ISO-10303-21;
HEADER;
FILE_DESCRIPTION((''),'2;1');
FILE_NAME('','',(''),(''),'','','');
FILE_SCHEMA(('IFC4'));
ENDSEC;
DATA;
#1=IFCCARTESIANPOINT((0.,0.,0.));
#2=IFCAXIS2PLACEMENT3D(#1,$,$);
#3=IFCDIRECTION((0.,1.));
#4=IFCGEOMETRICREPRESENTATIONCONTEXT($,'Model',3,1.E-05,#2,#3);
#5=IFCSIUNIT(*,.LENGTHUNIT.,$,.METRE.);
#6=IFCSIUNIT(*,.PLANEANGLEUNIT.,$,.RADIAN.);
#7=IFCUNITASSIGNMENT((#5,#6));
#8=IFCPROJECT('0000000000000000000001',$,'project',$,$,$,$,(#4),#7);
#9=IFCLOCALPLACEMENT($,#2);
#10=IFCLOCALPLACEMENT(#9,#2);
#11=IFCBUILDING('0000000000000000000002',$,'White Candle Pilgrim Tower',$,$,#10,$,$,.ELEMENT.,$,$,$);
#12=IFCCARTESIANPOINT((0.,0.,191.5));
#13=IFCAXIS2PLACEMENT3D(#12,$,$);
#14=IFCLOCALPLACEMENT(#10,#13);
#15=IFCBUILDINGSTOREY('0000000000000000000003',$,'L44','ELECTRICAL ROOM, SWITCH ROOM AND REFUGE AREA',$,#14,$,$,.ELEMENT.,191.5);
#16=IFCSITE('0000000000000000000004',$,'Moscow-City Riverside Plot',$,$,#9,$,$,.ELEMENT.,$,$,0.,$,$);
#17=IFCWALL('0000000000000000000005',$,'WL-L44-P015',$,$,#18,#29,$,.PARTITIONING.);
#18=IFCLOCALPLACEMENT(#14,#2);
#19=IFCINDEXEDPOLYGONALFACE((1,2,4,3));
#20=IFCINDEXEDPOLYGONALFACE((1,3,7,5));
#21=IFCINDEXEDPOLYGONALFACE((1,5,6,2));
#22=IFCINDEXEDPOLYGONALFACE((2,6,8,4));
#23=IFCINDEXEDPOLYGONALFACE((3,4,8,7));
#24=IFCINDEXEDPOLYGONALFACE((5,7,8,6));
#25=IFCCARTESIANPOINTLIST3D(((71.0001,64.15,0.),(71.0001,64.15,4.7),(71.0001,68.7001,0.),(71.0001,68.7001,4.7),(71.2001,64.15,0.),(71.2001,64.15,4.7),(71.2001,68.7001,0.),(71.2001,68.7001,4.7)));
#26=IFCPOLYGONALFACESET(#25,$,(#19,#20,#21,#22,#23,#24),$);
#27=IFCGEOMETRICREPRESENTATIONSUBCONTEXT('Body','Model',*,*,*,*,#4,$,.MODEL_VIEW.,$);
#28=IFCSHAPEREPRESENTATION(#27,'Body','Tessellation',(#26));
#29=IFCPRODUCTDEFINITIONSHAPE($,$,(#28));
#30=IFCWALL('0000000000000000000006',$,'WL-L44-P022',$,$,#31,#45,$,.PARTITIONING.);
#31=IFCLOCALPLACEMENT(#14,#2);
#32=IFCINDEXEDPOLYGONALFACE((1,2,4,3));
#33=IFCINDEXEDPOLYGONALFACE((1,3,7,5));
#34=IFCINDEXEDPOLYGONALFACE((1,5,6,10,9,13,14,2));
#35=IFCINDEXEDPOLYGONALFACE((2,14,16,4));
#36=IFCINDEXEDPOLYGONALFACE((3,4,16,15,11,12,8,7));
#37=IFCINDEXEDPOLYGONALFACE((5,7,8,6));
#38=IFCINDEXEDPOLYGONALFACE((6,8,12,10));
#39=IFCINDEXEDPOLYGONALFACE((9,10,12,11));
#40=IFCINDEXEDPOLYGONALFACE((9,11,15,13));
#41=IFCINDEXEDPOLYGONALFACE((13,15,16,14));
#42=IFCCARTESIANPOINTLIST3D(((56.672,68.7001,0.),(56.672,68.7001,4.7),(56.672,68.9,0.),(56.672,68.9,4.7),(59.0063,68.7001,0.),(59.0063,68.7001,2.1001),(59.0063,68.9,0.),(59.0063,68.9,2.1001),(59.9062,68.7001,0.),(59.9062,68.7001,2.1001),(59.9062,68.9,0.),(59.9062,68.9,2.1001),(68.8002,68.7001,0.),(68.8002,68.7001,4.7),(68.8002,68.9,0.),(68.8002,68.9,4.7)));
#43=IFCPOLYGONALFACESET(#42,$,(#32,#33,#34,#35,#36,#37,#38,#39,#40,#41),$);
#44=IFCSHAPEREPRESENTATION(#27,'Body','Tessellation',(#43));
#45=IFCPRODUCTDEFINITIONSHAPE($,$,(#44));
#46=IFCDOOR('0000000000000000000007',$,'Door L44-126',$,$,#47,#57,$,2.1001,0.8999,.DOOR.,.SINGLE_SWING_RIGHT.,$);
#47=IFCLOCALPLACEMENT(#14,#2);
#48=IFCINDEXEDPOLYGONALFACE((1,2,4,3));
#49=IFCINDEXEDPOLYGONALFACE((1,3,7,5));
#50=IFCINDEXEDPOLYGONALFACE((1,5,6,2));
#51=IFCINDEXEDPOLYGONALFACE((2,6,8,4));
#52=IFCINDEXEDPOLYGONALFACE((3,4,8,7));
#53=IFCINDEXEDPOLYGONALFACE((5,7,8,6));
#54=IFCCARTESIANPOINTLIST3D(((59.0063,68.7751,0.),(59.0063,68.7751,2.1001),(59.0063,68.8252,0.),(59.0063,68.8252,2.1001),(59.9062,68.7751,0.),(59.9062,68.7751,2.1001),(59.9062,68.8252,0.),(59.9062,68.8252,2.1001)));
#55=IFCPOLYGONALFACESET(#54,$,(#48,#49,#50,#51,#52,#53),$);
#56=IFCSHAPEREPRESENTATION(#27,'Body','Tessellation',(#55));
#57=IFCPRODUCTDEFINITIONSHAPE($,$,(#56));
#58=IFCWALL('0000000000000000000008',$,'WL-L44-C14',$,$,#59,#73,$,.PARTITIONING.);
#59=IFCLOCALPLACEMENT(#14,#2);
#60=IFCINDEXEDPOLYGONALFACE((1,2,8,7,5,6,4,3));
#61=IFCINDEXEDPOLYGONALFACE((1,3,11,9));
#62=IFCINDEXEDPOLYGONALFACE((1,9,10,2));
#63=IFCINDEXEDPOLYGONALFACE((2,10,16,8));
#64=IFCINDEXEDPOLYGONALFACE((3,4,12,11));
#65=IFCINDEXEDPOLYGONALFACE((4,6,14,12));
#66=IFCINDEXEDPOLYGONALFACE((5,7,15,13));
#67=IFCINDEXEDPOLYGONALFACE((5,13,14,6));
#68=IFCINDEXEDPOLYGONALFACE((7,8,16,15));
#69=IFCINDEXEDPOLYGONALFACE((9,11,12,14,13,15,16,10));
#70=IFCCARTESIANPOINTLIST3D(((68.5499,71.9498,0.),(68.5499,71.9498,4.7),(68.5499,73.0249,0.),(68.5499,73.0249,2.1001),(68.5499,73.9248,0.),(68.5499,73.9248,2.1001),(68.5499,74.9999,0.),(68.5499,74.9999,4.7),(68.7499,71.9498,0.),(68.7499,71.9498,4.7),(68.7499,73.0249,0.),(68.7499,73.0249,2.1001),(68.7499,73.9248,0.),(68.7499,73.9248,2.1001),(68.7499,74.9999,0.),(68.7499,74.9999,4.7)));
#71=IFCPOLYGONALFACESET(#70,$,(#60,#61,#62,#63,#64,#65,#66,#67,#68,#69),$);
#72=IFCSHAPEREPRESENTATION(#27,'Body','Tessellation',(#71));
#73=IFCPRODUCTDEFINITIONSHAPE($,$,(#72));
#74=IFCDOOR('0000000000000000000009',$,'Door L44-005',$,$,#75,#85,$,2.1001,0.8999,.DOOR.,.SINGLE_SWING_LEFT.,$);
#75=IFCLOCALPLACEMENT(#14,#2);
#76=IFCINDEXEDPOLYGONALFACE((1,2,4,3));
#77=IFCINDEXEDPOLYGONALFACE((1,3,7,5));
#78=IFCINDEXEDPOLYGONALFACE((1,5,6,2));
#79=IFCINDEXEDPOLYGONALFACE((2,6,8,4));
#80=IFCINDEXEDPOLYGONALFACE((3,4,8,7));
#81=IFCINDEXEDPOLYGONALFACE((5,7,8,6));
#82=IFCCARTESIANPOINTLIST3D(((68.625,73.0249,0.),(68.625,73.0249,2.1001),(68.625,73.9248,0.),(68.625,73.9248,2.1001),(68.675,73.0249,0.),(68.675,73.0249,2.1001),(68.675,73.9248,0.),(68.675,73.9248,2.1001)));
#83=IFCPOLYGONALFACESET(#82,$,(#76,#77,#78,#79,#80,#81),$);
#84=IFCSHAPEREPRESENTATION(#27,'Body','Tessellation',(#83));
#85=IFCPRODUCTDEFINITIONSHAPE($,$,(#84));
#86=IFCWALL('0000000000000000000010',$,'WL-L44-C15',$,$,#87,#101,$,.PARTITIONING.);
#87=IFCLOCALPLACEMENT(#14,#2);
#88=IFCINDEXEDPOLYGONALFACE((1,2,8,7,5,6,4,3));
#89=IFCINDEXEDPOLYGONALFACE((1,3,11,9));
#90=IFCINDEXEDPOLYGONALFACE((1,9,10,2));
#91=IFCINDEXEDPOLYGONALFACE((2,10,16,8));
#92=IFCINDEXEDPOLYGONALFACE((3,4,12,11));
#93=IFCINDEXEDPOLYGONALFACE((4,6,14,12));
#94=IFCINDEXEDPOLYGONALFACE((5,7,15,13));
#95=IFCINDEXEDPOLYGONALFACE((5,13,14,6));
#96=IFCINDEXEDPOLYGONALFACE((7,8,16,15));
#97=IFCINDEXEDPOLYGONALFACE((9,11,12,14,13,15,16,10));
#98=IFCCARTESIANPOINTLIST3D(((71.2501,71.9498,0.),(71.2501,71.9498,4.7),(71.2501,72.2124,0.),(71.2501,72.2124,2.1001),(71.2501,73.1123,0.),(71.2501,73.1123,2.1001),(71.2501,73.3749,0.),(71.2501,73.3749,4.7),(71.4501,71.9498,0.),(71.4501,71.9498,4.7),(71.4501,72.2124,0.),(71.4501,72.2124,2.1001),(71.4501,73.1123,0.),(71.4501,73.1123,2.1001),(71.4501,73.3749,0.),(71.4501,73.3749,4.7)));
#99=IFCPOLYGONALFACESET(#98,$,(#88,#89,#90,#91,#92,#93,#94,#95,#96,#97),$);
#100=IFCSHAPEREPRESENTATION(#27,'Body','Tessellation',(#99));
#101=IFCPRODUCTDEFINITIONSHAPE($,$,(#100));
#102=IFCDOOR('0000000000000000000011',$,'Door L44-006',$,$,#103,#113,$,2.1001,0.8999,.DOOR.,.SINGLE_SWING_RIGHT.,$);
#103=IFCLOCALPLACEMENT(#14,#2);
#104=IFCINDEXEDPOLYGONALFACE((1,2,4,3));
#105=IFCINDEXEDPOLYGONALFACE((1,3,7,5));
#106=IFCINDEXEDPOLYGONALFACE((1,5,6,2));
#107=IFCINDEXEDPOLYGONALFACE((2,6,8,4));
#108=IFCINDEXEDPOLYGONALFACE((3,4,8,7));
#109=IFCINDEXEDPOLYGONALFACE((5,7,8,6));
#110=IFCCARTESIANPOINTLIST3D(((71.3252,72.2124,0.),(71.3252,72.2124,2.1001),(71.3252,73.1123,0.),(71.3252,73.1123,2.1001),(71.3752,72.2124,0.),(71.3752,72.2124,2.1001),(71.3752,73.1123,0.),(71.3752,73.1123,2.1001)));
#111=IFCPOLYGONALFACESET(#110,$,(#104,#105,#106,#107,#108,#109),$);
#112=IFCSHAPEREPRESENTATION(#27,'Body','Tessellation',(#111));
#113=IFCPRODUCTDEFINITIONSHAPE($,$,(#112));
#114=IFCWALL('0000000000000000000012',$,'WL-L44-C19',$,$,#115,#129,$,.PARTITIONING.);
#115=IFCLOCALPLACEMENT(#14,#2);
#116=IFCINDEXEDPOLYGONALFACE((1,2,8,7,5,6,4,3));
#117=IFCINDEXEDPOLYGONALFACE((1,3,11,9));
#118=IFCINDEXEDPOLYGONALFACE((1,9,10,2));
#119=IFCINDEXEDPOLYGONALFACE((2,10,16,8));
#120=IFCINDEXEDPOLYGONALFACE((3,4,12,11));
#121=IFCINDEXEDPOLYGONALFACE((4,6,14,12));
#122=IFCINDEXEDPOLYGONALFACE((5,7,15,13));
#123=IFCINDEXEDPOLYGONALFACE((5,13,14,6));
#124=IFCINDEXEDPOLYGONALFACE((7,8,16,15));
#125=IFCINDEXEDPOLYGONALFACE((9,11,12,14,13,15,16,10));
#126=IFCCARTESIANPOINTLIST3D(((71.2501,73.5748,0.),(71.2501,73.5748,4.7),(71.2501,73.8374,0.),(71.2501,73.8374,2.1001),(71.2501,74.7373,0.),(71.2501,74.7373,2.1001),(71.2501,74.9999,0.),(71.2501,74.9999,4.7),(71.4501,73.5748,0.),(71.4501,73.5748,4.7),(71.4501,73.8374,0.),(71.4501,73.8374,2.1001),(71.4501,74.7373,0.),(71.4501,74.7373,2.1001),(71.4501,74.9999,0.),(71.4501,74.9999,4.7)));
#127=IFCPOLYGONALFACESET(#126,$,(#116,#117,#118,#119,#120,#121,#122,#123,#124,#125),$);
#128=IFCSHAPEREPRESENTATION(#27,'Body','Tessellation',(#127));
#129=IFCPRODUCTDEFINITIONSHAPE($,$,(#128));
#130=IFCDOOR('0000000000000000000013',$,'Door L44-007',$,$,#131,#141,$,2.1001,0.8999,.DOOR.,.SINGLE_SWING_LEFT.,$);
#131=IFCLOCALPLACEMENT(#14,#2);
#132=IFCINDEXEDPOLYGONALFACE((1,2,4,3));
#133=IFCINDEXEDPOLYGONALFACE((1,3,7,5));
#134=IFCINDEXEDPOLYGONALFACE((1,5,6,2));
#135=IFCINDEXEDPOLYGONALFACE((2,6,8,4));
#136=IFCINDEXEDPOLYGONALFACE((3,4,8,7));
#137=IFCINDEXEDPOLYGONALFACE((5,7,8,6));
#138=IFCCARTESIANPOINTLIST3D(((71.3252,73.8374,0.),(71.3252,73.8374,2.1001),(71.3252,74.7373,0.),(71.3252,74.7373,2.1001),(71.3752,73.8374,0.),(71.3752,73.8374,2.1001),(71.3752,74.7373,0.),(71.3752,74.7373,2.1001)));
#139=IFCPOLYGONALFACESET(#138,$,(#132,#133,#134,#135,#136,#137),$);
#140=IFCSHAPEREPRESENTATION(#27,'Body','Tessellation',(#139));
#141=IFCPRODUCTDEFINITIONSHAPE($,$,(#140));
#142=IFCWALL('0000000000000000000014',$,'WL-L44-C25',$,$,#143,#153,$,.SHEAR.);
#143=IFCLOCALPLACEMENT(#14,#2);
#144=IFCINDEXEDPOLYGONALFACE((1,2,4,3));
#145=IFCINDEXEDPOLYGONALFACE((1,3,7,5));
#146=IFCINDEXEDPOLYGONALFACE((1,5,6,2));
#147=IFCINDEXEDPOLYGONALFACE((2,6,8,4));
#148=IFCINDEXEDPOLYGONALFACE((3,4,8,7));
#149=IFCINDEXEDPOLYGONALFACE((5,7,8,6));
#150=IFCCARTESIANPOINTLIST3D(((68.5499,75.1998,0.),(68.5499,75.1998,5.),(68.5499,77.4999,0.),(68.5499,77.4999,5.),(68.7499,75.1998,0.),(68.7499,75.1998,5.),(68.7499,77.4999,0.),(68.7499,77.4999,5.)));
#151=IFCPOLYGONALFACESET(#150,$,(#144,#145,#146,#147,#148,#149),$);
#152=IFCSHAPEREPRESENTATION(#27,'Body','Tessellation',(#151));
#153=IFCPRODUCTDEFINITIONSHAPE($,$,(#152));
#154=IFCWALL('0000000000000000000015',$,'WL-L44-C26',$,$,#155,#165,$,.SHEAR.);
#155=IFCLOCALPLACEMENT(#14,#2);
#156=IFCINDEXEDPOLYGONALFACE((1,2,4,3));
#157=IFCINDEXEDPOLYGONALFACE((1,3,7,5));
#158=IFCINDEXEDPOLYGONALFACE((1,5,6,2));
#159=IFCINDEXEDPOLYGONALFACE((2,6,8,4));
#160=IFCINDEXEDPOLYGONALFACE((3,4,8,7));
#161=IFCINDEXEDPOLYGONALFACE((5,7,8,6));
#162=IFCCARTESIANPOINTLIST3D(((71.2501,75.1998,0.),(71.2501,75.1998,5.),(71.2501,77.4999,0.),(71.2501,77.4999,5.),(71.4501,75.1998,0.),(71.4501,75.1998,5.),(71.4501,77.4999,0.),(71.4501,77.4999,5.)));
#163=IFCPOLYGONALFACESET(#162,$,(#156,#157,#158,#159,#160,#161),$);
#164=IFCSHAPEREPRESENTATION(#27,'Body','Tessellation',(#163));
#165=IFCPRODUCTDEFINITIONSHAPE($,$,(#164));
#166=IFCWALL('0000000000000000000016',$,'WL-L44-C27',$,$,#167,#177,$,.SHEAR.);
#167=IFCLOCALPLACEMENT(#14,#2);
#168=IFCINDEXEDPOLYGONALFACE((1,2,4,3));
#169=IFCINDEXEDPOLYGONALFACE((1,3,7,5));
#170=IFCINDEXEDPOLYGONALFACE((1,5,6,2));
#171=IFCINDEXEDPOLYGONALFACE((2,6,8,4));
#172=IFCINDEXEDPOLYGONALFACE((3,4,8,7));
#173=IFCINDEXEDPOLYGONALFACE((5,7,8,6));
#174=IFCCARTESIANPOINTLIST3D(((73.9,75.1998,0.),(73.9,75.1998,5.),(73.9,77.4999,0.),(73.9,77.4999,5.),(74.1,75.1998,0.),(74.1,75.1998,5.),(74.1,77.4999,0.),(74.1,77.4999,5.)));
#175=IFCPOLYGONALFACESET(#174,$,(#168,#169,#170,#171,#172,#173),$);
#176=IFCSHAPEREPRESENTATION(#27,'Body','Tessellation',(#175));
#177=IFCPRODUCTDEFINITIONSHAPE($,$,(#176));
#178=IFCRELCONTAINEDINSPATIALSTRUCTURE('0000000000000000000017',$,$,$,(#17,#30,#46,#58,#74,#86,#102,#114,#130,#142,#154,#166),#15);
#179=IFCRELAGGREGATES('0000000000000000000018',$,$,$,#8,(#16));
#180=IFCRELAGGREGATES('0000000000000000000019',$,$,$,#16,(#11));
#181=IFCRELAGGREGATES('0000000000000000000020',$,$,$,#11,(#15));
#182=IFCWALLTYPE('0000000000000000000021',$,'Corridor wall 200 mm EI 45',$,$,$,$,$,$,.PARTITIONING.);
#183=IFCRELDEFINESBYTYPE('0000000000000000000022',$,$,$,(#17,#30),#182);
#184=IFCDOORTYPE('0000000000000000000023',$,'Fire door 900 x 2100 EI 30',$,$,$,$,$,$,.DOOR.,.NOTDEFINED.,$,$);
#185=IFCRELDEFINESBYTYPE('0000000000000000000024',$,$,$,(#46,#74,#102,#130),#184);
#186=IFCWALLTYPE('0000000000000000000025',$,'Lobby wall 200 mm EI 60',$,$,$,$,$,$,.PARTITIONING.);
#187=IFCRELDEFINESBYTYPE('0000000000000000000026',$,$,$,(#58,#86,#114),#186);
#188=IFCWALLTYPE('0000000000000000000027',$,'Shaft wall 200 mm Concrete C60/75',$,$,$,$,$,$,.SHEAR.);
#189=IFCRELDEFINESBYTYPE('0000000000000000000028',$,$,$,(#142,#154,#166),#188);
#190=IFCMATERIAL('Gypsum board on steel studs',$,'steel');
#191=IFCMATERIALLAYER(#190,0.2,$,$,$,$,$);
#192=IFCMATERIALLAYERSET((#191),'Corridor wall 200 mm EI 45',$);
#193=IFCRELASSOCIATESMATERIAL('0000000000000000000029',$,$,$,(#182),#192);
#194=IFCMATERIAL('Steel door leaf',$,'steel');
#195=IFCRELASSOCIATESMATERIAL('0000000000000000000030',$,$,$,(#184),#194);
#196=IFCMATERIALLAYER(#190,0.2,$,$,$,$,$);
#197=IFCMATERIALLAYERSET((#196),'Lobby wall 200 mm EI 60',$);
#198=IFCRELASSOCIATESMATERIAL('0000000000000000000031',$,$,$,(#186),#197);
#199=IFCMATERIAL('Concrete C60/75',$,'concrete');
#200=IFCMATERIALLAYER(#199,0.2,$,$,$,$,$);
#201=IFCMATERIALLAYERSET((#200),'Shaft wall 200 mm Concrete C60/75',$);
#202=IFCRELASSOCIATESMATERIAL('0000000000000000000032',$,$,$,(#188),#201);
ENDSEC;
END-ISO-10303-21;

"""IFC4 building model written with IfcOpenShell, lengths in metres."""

from ifc_helpers import new_model, si_unit, direction, frame, frame_2d, origin, place, context, subcontext, project, spatial, rectangle, extrude, material, layer, layer_set, type_object, element, fill, save


model = new_model("IFC4")

# Units and contexts
model_context = context("Model", 3, precision=1e-05, world=origin(), true_north=direction((0.0, 1.0)))
body_context = subcontext(model_context, "Body", "Model", "MODEL_VIEW")
ifc_project = project(units=[si_unit("LENGTHUNIT", "METRE"), si_unit("PLANEANGLEUNIT", "RADIAN")], contexts=[model_context])

# Site, building, storey
site_placement = place(None, origin())
site = spatial("IfcSite", under=ifc_project, at=site_placement, Name="Moscow-City Riverside Plot", CompositionType="ELEMENT", RefElevation=0.0)
building_placement = place(site_placement, origin())
building = spatial("IfcBuilding", under=site, at=building_placement, Name="White Candle Pilgrim Tower", CompositionType="ELEMENT")
storey_placement = place(building_placement, frame((0.0, 0.0, 191.5)))
storey = spatial("IfcBuildingStorey", under=building, at=storey_placement, Name="L44", Description="ELECTRICAL ROOM, SWITCH ROOM AND REFUGE AREA", CompositionType="ELEMENT", Elevation=191.5)

# Wall
ifc_material_1 = material(Name="Gypsum board on steel studs", Category="steel")
ifc_layer_1 = layer(ifc_material_1, 0.2)
ifc_layer_set_1 = layer_set([ifc_layer_1], Name="Corridor wall 200 mm EI 45")
wall_type_1 = type_object("IfcWallType", Name="Corridor wall 200 mm EI 45", PredefinedType="PARTITIONING", material=ifc_layer_set_1)
wall_1_placement = place(storey_placement, frame((71.1001, 68.7, 0.0), z_axis=(0.0, 0.0, 1.0), x_axis=(0.0, -1.0, 0.0)))
element("IfcWall", 1, at=wall_1_placement, inside=storey, type_object=wall_type_1, Name="WL-L44-P015", PredefinedType="PARTITIONING", context=body_context, shape_type="SweptSolid", body=[
    extrude(rectangle(XDim=4.55, YDim=0.2, at=frame_2d((2.2749, 0.0))), origin(), (0.0, 0.0, 1.0), 4.7),
])

# Walls, openings, doors
wall_2_placement = place(storey_placement, frame((68.8, 68.8, 0.0), z_axis=(0.0, 0.0, 1.0), x_axis=(-1.0, 0.0, 0.0)))
wall_2 = element("IfcWall", 2, at=wall_2_placement, inside=storey, type_object=wall_type_1, Name="WL-L44-P022", PredefinedType="PARTITIONING", context=body_context, shape_type="SweptSolid", body=[
    extrude(rectangle(XDim=12.1282, YDim=0.2, at=frame_2d((6.064, 0.0))), origin(), (0.0, 0.0, 1.0), 4.7),
])
opening_1_placement = place(wall_2_placement, frame((8.8938, 0.0, 0.0)))
opening_1 = element("IfcOpeningElement", 3, at=opening_1_placement, cuts=wall_2, PredefinedType="OPENING", context=body_context, shape_type="SweptSolid", body=[
    extrude(rectangle(XDim=0.8999, YDim=2.1001, at=frame_2d((0.45, 1.05))), frame((0.0, 0.1099, 0.0), z_axis=(0.0, -1.0, 0.0), x_axis=(1.0, 0.0, 0.0)), (0.0, 0.0, 1.0), 0.22),
])
ifc_material_2 = material(Name="Steel door leaf", Category="steel")
door_type = type_object("IfcDoorType", Name="Fire door 900 x 2100 EI 30", OperationType="NOTDEFINED", PredefinedType="DOOR", material=ifc_material_2)
door_1_placement = place(opening_1_placement, origin())
door_1 = element("IfcDoor", 4, at=door_1_placement, inside=storey, type_object=door_type, Name="Door L44-126", OperationType="SINGLE_SWING_RIGHT", OverallHeight=2.1001, OverallWidth=0.8999, PredefinedType="DOOR", context=body_context, shape_type="SweptSolid", body=[
    extrude(rectangle(XDim=0.8999, YDim=2.1001, at=frame_2d((0.45, 1.05))), frame((0.0, 0.0249, 0.0), z_axis=(0.0, -1.0, 0.0), x_axis=(1.0, 0.0, 0.0)), (0.0, 0.0, 1.0), 0.05),
])
fill(opening_1, door_1)
ifc_layer_2 = layer(ifc_material_1, 0.2)
ifc_layer_set_2 = layer_set([ifc_layer_2], Name="Lobby wall 200 mm EI 60")
wall_type_2 = type_object("IfcWallType", Name="Lobby wall 200 mm EI 60", PredefinedType="PARTITIONING", material=ifc_layer_set_2)
wall_3_placement = place(storey_placement, frame((68.6499, 71.95, 0.0), z_axis=(0.0, 0.0, 1.0), x_axis=(0.0, 1.0, 0.0)))
wall_3 = element("IfcWall", 5, at=wall_3_placement, inside=storey, type_object=wall_type_2, Name="WL-L44-C14", PredefinedType="PARTITIONING", context=body_context, shape_type="SweptSolid", body=[
    extrude(rectangle(XDim=3.05, YDim=0.2, at=frame_2d((1.5249, 0.0))), origin(), (0.0, 0.0, 1.0), 4.7),
])
opening_2_placement = place(wall_3_placement, frame((1.075, 0.0, 0.0)))
opening_2 = element("IfcOpeningElement", 6, at=opening_2_placement, cuts=wall_3, PredefinedType="OPENING", context=body_context, shape_type="SweptSolid", body=[
    extrude(rectangle(XDim=0.8999, YDim=2.1001, at=frame_2d((0.45, 1.05))), frame((0.0, 0.1099, 0.0), z_axis=(0.0, -1.0, 0.0), x_axis=(1.0, 0.0, 0.0)), (0.0, 0.0, 1.0), 0.22),
])
door_2_placement = place(opening_2_placement, origin())
door_2 = element("IfcDoor", 7, at=door_2_placement, inside=storey, type_object=door_type, Name="Door L44-005", OperationType="SINGLE_SWING_LEFT", OverallHeight=2.1001, OverallWidth=0.8999, PredefinedType="DOOR", context=body_context, shape_type="SweptSolid", body=[
    extrude(rectangle(XDim=0.8999, YDim=2.1001, at=frame_2d((0.45, 1.05))), frame((0.0, 0.0249, 0.0), z_axis=(0.0, -1.0, 0.0), x_axis=(1.0, 0.0, 0.0)), (0.0, 0.0, 1.0), 0.05),
])
fill(opening_2, door_2)
wall_4_placement = place(storey_placement, frame((71.3501, 71.95, 0.0), z_axis=(0.0, 0.0, 1.0), x_axis=(0.0, 1.0, 0.0)))
wall_4 = element("IfcWall", 8, at=wall_4_placement, inside=storey, type_object=wall_type_2, Name="WL-L44-C15", PredefinedType="PARTITIONING", context=body_context, shape_type="SweptSolid", body=[
    extrude(rectangle(XDim=1.425, YDim=0.2, at=frame_2d((0.7124, 0.0))), origin(), (0.0, 0.0, 1.0), 4.7),
])
opening_3_placement = place(wall_4_placement, frame((0.2625, 0.0, 0.0)))
opening_3 = element("IfcOpeningElement", 9, at=opening_3_placement, cuts=wall_4, PredefinedType="OPENING", context=body_context, shape_type="SweptSolid", body=[
    extrude(rectangle(XDim=0.8999, YDim=2.1001, at=frame_2d((0.45, 1.05))), frame((0.0, 0.1099, 0.0), z_axis=(0.0, -1.0, 0.0), x_axis=(1.0, 0.0, 0.0)), (0.0, 0.0, 1.0), 0.22),
])
door_3_placement = place(opening_3_placement, origin())
door_3 = element("IfcDoor", 10, at=door_3_placement, inside=storey, type_object=door_type, Name="Door L44-006", OperationType="SINGLE_SWING_RIGHT", OverallHeight=2.1001, OverallWidth=0.8999, PredefinedType="DOOR", context=body_context, shape_type="SweptSolid", body=[
    extrude(rectangle(XDim=0.8999, YDim=2.1001, at=frame_2d((0.45, 1.05))), frame((0.0, 0.0249, 0.0), z_axis=(0.0, -1.0, 0.0), x_axis=(1.0, 0.0, 0.0)), (0.0, 0.0, 1.0), 0.05),
])
fill(opening_3, door_3)
wall_5_placement = place(storey_placement, frame((71.3501, 73.575, 0.0), z_axis=(0.0, 0.0, 1.0), x_axis=(0.0, 1.0, 0.0)))
wall_5 = element("IfcWall", 11, at=wall_5_placement, inside=storey, type_object=wall_type_2, Name="WL-L44-C19", PredefinedType="PARTITIONING", context=body_context, shape_type="SweptSolid", body=[
    extrude(rectangle(XDim=1.425, YDim=0.2, at=frame_2d((0.7124, 0.0))), origin(), (0.0, 0.0, 1.0), 4.7),
])
opening_4_placement = place(wall_5_placement, frame((0.2625, 0.0, 0.0)))
opening_4 = element("IfcOpeningElement", 12, at=opening_4_placement, cuts=wall_5, PredefinedType="OPENING", context=body_context, shape_type="SweptSolid", body=[
    extrude(rectangle(XDim=0.8999, YDim=2.1001, at=frame_2d((0.45, 1.05))), frame((0.0, 0.1099, 0.0), z_axis=(0.0, -1.0, 0.0), x_axis=(1.0, 0.0, 0.0)), (0.0, 0.0, 1.0), 0.22),
])
door_4_placement = place(opening_4_placement, origin())
door_4 = element("IfcDoor", 13, at=door_4_placement, inside=storey, type_object=door_type, Name="Door L44-007", OperationType="SINGLE_SWING_LEFT", OverallHeight=2.1001, OverallWidth=0.8999, PredefinedType="DOOR", context=body_context, shape_type="SweptSolid", body=[
    extrude(rectangle(XDim=0.8999, YDim=2.1001, at=frame_2d((0.45, 1.05))), frame((0.0, 0.0249, 0.0), z_axis=(0.0, -1.0, 0.0), x_axis=(1.0, 0.0, 0.0)), (0.0, 0.0, 1.0), 0.05),
])
fill(opening_4, door_4)

# Walls
ifc_material_3 = material(Name="Concrete C60/75", Category="concrete")
ifc_layer_3 = layer(ifc_material_3, 0.2)
ifc_layer_set_3 = layer_set([ifc_layer_3], Name="Shaft wall 200 mm Concrete C60/75")
wall_type_3 = type_object("IfcWallType", Name="Shaft wall 200 mm Concrete C60/75", PredefinedType="SHEAR", material=ifc_layer_set_3)
for number, where, z_axis, x_axis, name in (
    (14, (68.6499, 75.2, 0.0), (0.0, 0.0, 1.0), (0.0, 1.0, 0.0), "WL-L44-C25"),
    (15, (71.3501, 75.2, 0.0), (0.0, 0.0, 1.0), (0.0, 1.0, 0.0), "WL-L44-C26"),
    (16, (74.0, 75.2, 0.0), (0.0, 0.0, 1.0), (0.0, 1.0, 0.0), "WL-L44-C27"),
):
    element("IfcWall", number, at=place(storey_placement, frame(where, z_axis=z_axis, x_axis=x_axis)), inside=storey, type_object=wall_type_3, Name=name, PredefinedType="SHEAR", context=body_context, shape_type="SweptSolid", body=[
        extrude(rectangle(XDim=2.3, YDim=0.2, at=frame_2d((1.1499, 0.0))), origin(), (0.0, 0.0, 1.0), 5.0),
    ])

save(model, "model.ifc")
